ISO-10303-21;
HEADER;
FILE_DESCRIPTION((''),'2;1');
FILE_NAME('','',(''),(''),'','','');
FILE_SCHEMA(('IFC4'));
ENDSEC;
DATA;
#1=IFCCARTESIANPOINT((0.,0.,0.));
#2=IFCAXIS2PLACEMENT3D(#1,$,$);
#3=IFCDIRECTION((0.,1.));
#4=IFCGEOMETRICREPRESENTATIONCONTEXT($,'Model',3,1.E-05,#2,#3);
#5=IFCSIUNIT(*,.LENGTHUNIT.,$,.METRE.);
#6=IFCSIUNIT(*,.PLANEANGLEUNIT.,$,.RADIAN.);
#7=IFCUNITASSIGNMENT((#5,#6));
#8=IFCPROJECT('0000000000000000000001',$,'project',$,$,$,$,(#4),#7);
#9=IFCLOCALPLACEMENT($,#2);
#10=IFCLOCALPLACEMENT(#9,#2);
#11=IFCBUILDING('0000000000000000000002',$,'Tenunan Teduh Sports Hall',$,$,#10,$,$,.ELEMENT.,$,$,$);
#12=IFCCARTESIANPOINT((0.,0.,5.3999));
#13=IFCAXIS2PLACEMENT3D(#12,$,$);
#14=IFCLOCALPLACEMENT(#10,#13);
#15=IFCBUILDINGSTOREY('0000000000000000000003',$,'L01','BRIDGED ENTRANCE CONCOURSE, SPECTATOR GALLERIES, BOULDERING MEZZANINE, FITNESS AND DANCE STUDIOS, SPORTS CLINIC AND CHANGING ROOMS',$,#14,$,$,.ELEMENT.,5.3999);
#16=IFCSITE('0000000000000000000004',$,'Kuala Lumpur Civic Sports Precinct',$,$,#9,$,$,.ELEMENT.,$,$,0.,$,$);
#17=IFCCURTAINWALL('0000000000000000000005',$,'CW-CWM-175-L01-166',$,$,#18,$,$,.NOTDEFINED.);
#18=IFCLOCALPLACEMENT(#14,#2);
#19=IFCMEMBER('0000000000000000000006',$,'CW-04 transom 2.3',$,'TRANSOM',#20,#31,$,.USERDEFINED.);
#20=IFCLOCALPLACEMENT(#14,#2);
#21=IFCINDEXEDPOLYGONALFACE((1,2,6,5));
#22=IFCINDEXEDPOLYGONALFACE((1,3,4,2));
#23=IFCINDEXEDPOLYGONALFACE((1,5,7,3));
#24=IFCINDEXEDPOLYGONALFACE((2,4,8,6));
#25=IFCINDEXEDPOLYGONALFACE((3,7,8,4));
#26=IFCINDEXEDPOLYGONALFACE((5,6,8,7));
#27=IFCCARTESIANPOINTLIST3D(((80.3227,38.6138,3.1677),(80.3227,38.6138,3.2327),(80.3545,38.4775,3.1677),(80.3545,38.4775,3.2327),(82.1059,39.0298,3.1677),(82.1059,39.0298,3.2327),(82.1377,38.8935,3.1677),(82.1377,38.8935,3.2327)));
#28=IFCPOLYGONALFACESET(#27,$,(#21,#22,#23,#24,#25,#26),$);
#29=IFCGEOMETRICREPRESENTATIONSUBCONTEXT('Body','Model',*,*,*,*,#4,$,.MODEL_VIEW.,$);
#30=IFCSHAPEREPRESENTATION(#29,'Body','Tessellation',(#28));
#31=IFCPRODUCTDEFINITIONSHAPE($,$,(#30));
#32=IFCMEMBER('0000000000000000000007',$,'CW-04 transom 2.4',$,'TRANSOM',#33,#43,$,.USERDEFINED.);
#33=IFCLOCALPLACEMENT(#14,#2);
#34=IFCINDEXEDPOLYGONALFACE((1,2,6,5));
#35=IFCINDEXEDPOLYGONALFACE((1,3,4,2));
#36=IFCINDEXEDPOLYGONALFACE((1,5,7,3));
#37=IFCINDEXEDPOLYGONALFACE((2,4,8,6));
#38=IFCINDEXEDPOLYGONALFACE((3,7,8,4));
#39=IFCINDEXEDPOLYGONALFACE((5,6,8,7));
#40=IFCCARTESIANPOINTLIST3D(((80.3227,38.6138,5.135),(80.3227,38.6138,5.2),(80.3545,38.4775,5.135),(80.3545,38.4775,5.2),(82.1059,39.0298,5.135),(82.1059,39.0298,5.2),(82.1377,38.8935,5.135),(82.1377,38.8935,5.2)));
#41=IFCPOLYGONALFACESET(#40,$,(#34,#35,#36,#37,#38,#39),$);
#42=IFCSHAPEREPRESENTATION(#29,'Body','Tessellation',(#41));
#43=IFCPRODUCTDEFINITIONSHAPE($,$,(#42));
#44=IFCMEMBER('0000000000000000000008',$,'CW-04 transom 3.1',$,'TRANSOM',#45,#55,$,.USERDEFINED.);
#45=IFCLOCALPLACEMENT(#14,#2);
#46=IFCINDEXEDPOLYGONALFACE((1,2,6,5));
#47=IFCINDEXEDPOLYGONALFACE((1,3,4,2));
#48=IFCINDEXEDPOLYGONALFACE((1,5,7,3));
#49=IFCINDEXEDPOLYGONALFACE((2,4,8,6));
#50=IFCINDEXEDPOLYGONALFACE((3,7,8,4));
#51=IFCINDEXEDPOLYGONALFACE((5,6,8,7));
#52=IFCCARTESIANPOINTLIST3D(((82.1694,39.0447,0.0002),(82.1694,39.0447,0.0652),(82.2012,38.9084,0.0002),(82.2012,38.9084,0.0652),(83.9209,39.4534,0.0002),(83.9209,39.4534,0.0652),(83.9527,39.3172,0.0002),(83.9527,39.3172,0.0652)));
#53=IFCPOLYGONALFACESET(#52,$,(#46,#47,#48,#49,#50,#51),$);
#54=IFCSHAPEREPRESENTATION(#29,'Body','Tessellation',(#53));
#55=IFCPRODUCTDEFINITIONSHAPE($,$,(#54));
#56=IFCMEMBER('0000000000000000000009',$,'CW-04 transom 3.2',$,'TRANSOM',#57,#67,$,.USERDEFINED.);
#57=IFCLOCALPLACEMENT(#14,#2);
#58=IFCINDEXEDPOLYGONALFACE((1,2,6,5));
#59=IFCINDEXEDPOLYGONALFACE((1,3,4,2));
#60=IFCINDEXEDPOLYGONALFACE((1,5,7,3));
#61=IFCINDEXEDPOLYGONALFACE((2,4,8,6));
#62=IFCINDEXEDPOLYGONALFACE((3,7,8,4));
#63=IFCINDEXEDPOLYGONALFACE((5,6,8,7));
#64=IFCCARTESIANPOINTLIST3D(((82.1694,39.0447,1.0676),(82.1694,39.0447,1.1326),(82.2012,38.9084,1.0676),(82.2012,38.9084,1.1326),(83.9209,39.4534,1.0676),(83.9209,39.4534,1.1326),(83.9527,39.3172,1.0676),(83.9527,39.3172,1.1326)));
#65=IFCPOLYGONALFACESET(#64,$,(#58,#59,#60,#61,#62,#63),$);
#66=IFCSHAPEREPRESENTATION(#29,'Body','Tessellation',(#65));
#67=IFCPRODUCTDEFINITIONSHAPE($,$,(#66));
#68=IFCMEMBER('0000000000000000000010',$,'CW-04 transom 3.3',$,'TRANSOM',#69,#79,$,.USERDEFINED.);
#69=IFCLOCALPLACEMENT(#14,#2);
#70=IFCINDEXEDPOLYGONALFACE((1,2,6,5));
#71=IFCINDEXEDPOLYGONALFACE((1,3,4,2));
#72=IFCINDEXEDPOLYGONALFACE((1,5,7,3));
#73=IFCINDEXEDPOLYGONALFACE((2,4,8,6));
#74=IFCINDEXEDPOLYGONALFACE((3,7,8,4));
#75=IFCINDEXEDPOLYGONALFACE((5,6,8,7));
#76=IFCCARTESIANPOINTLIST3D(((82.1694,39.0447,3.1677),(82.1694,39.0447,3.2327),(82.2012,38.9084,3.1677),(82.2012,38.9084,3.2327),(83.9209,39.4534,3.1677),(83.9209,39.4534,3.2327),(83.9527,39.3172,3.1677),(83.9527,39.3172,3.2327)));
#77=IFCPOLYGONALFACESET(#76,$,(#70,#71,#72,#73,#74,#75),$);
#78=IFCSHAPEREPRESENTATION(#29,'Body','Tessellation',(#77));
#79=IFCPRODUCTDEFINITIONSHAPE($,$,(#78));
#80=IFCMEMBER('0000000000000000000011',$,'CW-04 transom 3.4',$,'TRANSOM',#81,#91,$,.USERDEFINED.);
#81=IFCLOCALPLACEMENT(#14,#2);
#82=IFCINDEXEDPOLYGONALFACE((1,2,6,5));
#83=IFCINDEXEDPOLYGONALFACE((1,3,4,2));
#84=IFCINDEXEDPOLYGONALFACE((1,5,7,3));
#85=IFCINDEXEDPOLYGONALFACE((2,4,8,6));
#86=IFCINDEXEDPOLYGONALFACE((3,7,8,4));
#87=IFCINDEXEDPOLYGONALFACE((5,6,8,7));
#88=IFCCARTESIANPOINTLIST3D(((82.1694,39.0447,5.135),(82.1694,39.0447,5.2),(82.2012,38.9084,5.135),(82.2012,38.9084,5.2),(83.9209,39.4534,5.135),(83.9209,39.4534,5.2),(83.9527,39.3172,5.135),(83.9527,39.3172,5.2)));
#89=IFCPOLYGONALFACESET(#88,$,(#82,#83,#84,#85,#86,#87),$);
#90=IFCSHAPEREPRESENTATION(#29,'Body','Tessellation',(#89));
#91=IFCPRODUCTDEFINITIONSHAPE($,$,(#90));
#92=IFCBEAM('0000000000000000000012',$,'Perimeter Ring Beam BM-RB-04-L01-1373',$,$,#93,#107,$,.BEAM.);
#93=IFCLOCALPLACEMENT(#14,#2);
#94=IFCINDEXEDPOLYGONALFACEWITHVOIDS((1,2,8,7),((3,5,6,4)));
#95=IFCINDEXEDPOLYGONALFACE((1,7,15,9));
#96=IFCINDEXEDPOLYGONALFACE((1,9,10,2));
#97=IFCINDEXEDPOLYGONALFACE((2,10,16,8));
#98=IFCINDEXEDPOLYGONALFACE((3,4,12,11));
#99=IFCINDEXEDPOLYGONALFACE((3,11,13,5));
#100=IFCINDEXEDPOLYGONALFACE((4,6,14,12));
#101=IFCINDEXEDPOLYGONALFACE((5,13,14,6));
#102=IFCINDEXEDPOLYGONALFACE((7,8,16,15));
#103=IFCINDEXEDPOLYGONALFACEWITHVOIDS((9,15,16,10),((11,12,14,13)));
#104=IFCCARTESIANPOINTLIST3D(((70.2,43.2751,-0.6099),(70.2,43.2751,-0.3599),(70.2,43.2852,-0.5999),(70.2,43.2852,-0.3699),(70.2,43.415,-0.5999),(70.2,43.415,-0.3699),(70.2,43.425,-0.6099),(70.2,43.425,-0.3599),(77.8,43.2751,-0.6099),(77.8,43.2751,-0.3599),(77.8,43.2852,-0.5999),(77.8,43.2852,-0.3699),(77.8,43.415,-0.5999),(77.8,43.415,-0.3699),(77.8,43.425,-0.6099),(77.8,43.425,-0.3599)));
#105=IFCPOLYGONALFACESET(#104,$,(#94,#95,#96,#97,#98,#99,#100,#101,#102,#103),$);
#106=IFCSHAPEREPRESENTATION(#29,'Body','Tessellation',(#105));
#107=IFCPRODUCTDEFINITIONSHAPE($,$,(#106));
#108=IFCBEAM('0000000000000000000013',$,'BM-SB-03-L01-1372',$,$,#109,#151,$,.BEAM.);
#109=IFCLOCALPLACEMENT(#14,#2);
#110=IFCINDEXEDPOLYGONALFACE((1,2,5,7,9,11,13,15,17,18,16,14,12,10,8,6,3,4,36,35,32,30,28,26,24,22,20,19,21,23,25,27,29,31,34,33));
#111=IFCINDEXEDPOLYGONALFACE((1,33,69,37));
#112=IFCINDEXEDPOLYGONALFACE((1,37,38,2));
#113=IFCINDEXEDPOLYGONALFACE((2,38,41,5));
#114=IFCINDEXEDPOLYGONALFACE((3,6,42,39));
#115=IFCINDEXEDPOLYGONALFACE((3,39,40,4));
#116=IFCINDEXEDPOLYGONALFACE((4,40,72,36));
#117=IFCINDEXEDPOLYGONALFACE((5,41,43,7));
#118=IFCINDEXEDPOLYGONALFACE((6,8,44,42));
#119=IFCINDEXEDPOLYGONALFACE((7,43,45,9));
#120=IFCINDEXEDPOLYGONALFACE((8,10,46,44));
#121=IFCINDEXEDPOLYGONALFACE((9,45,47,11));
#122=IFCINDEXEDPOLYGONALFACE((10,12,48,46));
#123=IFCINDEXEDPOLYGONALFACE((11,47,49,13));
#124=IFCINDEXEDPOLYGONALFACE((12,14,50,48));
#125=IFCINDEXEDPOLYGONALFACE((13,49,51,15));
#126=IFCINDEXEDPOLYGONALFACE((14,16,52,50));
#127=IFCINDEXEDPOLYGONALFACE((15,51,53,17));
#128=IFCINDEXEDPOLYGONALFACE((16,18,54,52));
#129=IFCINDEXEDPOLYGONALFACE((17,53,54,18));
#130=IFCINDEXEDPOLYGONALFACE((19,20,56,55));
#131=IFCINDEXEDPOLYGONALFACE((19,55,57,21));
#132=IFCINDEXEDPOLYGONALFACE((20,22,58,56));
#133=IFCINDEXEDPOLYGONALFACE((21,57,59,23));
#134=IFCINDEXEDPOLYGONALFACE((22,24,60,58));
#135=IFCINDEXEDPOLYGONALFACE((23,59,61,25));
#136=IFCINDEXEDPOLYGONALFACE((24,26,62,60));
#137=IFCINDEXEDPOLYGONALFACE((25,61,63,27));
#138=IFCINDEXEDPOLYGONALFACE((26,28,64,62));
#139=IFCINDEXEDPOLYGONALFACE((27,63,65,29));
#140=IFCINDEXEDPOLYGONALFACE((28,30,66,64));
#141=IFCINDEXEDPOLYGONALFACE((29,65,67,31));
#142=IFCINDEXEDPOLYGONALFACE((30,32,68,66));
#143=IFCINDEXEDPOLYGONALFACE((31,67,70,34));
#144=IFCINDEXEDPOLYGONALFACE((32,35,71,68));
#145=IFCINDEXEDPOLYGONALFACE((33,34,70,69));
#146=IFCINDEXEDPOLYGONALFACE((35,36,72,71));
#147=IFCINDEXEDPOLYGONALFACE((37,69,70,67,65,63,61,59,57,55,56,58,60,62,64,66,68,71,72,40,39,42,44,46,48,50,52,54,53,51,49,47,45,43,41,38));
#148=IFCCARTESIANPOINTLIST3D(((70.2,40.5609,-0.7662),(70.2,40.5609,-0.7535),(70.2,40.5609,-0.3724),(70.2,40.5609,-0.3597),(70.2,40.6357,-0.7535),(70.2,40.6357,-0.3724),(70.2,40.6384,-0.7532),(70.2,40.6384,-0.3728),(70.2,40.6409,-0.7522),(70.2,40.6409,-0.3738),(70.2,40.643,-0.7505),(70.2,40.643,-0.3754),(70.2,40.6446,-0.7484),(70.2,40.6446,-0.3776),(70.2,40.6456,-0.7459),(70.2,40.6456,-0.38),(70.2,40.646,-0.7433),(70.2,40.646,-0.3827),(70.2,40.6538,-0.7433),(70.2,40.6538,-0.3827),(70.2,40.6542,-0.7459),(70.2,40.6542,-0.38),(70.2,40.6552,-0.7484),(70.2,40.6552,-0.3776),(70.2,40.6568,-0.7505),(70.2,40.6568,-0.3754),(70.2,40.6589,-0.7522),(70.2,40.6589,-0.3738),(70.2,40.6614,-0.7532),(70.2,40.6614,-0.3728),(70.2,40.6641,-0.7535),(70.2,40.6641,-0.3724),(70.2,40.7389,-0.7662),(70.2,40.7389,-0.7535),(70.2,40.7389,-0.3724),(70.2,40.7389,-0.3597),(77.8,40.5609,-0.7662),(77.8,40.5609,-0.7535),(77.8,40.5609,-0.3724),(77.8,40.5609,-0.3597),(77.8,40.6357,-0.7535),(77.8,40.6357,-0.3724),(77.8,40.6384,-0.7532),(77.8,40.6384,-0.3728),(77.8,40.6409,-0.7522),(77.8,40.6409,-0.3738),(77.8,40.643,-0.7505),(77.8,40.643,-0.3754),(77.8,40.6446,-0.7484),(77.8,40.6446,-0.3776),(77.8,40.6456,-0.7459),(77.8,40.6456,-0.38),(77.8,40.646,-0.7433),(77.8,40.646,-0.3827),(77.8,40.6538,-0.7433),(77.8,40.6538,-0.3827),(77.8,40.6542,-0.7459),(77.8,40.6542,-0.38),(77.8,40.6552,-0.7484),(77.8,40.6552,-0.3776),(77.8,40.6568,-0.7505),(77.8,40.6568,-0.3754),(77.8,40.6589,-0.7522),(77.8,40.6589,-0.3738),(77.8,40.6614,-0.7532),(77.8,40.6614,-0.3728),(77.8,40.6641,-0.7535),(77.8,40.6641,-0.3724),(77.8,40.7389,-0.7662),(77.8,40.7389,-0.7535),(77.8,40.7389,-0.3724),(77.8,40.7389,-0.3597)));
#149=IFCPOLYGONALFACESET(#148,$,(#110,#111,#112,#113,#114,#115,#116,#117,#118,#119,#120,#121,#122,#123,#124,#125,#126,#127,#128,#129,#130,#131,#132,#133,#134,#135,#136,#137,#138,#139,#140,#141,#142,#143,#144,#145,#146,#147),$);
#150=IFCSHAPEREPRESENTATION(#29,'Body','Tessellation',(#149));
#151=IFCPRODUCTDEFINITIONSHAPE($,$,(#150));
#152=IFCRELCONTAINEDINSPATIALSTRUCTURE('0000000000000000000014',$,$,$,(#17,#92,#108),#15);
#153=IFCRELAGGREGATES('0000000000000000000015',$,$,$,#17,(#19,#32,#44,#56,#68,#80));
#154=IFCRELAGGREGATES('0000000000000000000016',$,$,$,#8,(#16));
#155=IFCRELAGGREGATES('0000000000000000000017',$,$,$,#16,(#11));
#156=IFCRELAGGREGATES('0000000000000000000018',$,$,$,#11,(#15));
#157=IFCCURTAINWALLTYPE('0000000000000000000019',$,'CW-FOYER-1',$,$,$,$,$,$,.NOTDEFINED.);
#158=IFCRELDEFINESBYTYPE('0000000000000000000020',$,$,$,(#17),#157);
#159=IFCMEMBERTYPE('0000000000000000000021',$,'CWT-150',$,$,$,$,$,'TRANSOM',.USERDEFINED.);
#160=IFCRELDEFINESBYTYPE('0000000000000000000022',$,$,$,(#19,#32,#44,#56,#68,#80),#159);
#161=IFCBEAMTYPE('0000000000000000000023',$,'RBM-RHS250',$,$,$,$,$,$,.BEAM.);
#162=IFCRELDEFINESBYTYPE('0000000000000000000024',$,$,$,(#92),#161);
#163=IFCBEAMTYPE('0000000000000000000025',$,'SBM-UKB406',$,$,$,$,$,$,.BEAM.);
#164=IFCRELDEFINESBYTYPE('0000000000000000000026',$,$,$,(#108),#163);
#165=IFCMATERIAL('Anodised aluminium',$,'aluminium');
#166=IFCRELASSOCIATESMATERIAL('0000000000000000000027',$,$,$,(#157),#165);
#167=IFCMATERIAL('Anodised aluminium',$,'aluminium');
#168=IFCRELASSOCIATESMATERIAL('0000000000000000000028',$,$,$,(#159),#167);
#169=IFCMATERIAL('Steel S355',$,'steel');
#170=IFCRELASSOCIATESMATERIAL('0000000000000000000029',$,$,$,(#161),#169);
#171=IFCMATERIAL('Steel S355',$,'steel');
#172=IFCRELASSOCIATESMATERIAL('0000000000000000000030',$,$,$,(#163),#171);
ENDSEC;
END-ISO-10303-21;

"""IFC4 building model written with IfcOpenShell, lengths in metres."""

from ifc_helpers import new_model, si_unit, direction, frame, origin, origin_2d, place, context, subcontext, project, spatial, rectangle, hollow_rectangle, i_section, extrude, material, material_profile, profile_set, type_object, element, aggregate, save


model = new_model("IFC4")

# Units and contexts
model_context = context("Model", 3, precision=1e-05, world=origin(), true_north=direction((0.0, 1.0)))
body_context = subcontext(model_context, "Body", "Model", "MODEL_VIEW")
ifc_project = project(units=[si_unit("LENGTHUNIT", "METRE"), si_unit("PLANEANGLEUNIT", "RADIAN")], contexts=[model_context])

# Site, building, storey
site_placement = place(None, origin())
site = spatial("IfcSite", under=ifc_project, at=site_placement, Name="Kuala Lumpur Civic Sports Precinct", CompositionType="ELEMENT", RefElevation=0.0)
building_placement = place(site_placement, origin())
building = spatial("IfcBuilding", under=site, at=building_placement, Name="Tenunan Teduh Sports Hall", CompositionType="ELEMENT")
storey_placement = place(building_placement, frame((0.0, 0.0, 5.3999)))
storey = spatial("IfcBuildingStorey", under=building, at=storey_placement, Name="L01", Description="BRIDGED ENTRANCE CONCOURSE, SPECTATOR GALLERIES, BOULDERING MEZZANINE, FITNESS AND DANCE STUDIOS, SPORTS CLINIC AND CHANGING ROOMS", CompositionType="ELEMENT", Elevation=5.3999)

# Curtain wall
ifc_material_1 = material(Name="Anodised aluminium", Category="aluminium")
curtain_wall_type = type_object("IfcCurtainWallType", Name="CW-FOYER-1", PredefinedType="NOTDEFINED", material=ifc_material_1)
curtain_wall_1_placement = place(storey_placement, origin())
curtain_wall_1 = element("IfcCurtainWall", 1, at=curtain_wall_1_placement, inside=storey, type_object=curtain_wall_type, Name="CW-CWM-175-L01-166", PredefinedType="NOTDEFINED")

# Members
ifc_material_2 = material(Name="Anodised aluminium", Category="aluminium")
ifc_material_profile_1 = material_profile(ifc_material_2, rectangle(XDim=0.0649, YDim=0.1399, at=origin_2d()), Name="CWT 65x140")
ifc_profile_set_1 = profile_set([ifc_material_profile_1], Name="Anodised aluminium")
member_type_1 = type_object("IfcMemberType", Name="CWT-150", ElementType="TRANSOM", PredefinedType="USERDEFINED", material=ifc_profile_set_1)
member_1_placement = place(storey_placement, frame((80.3386, 38.5457, 3.2002), z_axis=(0.973849, 0.227196, 0.0), x_axis=(0.0, 0.0, 1.0)))
member_1 = element("IfcMember", 2, at=member_1_placement, type_object=member_type_1, Name="CW-04 transom 2.3", ObjectType="TRANSOM", PredefinedType="USERDEFINED", context=body_context, shape_type="SweptSolid", body=[
    extrude(rectangle(XDim=0.0649, YDim=0.1399, at=origin_2d()), origin(), (0.0, 0.0, 1.0), 1.8311),
])
member_2_placement = place(storey_placement, frame((80.3386, 38.5457, 5.1675), z_axis=(0.973849, 0.227196, 0.0), x_axis=(0.0, 0.0, 1.0)))
member_2 = element("IfcMember", 3, at=member_2_placement, type_object=member_type_1, Name="CW-04 transom 2.4", ObjectType="TRANSOM", PredefinedType="USERDEFINED", context=body_context, shape_type="SweptSolid", body=[
    extrude(rectangle(XDim=0.0649, YDim=0.1399, at=origin_2d()), origin(), (0.0, 0.0, 1.0), 1.8311),
])
member_3_placement = place(storey_placement, frame((82.1853, 38.9766, 0.0327), z_axis=(0.973839, 0.227238, 0.0), x_axis=(0.0, 0.0, 1.0)))
member_3 = element("IfcMember", 4, at=member_3_placement, type_object=member_type_1, Name="CW-04 transom 3.1", ObjectType="TRANSOM", PredefinedType="USERDEFINED", context=body_context, shape_type="SweptSolid", body=[
    extrude(rectangle(XDim=0.0649, YDim=0.1399, at=origin_2d()), origin(), (0.0, 0.0, 1.0), 1.7986),
])
member_4_placement = place(storey_placement, frame((82.1853, 38.9766, 1.1001), z_axis=(0.973839, 0.227238, 0.0), x_axis=(0.0, 0.0, 1.0)))
member_4 = element("IfcMember", 5, at=member_4_placement, type_object=member_type_1, Name="CW-04 transom 3.2", ObjectType="TRANSOM", PredefinedType="USERDEFINED", context=body_context, shape_type="SweptSolid", body=[
    extrude(rectangle(XDim=0.0649, YDim=0.1399, at=origin_2d()), origin(), (0.0, 0.0, 1.0), 1.7986),
])
member_5_placement = place(storey_placement, frame((82.1853, 38.9766, 3.2002), z_axis=(0.973839, 0.227238, 0.0), x_axis=(0.0, 0.0, 1.0)))
member_5 = element("IfcMember", 6, at=member_5_placement, type_object=member_type_1, Name="CW-04 transom 3.3", ObjectType="TRANSOM", PredefinedType="USERDEFINED", context=body_context, shape_type="SweptSolid", body=[
    extrude(rectangle(XDim=0.0649, YDim=0.1399, at=origin_2d()), origin(), (0.0, 0.0, 1.0), 1.7986),
])
member_6_placement = place(storey_placement, frame((82.1853, 38.9766, 5.1675), z_axis=(0.973839, 0.227238, 0.0), x_axis=(0.0, 0.0, 1.0)))
member_6 = element("IfcMember", 7, at=member_6_placement, type_object=member_type_1, Name="CW-04 transom 3.4", ObjectType="TRANSOM", PredefinedType="USERDEFINED", context=body_context, shape_type="SweptSolid", body=[
    extrude(rectangle(XDim=0.0649, YDim=0.1399, at=origin_2d()), origin(), (0.0, 0.0, 1.0), 1.7986),
])

# Beams
ifc_material_3 = material(Name="Steel S355", Category="steel")
ifc_material_profile_2 = material_profile(ifc_material_3, hollow_rectangle(XDim=0.1499, YDim=0.25, WallThickness=0.01, at=origin_2d()), Name="RHS 250x150x10.0")
ifc_profile_set_2 = profile_set([ifc_material_profile_2], Name="Steel S355")
beam_type_1 = type_object("IfcBeamType", Name="RBM-RHS250", PredefinedType="BEAM", material=ifc_profile_set_2)
beam_1_placement = place(storey_placement, frame((70.2, 43.3501, -0.4849), z_axis=(1.0, 0.0, 0.0), x_axis=(0.0, 1.0, 0.0)))
element("IfcBeam", 8, at=beam_1_placement, inside=storey, type_object=beam_type_1, Name="Perimeter Ring Beam BM-RB-04-L01-1373", PredefinedType="BEAM", context=body_context, shape_type="SweptSolid", body=[
    extrude(hollow_rectangle(XDim=0.1499, YDim=0.25, WallThickness=0.01, at=origin_2d()), origin(), (0.0, 0.0, 1.0), 7.6001),
])
ifc_material_4 = material(Name="Steel S355", Category="steel")
ifc_material_profile_3 = material_profile(ifc_material_4, i_section(OverallWidth=0.178, OverallDepth=0.4065, WebThickness=0.0078, FlangeThickness=0.0127, FilletRadius=0.0103, at=origin_2d()), Name="UKB 406x178x60")
ifc_profile_set_3 = profile_set([ifc_material_profile_3], Name="Steel S355")
beam_type_2 = type_object("IfcBeamType", Name="SBM-UKB406", PredefinedType="BEAM", material=ifc_profile_set_3)
beam_2_placement = place(storey_placement, frame((70.2, 40.6499, -0.563), z_axis=(1.0, 0.0, 0.0), x_axis=(0.0, 1.0, 0.0)))
element("IfcBeam", 9, at=beam_2_placement, inside=storey, type_object=beam_type_2, Name="BM-SB-03-L01-1372", PredefinedType="BEAM", context=body_context, shape_type="SweptSolid", body=[
    extrude(i_section(OverallWidth=0.178, OverallDepth=0.4065, WebThickness=0.0078, FlangeThickness=0.0127, FilletRadius=0.0103, at=origin_2d()), origin(), (0.0, 0.0, 1.0), 7.6001),
])

aggregate(curtain_wall_1, [member_1, member_2, member_3, member_4, member_5, member_6])

save(model, "model.ifc")
